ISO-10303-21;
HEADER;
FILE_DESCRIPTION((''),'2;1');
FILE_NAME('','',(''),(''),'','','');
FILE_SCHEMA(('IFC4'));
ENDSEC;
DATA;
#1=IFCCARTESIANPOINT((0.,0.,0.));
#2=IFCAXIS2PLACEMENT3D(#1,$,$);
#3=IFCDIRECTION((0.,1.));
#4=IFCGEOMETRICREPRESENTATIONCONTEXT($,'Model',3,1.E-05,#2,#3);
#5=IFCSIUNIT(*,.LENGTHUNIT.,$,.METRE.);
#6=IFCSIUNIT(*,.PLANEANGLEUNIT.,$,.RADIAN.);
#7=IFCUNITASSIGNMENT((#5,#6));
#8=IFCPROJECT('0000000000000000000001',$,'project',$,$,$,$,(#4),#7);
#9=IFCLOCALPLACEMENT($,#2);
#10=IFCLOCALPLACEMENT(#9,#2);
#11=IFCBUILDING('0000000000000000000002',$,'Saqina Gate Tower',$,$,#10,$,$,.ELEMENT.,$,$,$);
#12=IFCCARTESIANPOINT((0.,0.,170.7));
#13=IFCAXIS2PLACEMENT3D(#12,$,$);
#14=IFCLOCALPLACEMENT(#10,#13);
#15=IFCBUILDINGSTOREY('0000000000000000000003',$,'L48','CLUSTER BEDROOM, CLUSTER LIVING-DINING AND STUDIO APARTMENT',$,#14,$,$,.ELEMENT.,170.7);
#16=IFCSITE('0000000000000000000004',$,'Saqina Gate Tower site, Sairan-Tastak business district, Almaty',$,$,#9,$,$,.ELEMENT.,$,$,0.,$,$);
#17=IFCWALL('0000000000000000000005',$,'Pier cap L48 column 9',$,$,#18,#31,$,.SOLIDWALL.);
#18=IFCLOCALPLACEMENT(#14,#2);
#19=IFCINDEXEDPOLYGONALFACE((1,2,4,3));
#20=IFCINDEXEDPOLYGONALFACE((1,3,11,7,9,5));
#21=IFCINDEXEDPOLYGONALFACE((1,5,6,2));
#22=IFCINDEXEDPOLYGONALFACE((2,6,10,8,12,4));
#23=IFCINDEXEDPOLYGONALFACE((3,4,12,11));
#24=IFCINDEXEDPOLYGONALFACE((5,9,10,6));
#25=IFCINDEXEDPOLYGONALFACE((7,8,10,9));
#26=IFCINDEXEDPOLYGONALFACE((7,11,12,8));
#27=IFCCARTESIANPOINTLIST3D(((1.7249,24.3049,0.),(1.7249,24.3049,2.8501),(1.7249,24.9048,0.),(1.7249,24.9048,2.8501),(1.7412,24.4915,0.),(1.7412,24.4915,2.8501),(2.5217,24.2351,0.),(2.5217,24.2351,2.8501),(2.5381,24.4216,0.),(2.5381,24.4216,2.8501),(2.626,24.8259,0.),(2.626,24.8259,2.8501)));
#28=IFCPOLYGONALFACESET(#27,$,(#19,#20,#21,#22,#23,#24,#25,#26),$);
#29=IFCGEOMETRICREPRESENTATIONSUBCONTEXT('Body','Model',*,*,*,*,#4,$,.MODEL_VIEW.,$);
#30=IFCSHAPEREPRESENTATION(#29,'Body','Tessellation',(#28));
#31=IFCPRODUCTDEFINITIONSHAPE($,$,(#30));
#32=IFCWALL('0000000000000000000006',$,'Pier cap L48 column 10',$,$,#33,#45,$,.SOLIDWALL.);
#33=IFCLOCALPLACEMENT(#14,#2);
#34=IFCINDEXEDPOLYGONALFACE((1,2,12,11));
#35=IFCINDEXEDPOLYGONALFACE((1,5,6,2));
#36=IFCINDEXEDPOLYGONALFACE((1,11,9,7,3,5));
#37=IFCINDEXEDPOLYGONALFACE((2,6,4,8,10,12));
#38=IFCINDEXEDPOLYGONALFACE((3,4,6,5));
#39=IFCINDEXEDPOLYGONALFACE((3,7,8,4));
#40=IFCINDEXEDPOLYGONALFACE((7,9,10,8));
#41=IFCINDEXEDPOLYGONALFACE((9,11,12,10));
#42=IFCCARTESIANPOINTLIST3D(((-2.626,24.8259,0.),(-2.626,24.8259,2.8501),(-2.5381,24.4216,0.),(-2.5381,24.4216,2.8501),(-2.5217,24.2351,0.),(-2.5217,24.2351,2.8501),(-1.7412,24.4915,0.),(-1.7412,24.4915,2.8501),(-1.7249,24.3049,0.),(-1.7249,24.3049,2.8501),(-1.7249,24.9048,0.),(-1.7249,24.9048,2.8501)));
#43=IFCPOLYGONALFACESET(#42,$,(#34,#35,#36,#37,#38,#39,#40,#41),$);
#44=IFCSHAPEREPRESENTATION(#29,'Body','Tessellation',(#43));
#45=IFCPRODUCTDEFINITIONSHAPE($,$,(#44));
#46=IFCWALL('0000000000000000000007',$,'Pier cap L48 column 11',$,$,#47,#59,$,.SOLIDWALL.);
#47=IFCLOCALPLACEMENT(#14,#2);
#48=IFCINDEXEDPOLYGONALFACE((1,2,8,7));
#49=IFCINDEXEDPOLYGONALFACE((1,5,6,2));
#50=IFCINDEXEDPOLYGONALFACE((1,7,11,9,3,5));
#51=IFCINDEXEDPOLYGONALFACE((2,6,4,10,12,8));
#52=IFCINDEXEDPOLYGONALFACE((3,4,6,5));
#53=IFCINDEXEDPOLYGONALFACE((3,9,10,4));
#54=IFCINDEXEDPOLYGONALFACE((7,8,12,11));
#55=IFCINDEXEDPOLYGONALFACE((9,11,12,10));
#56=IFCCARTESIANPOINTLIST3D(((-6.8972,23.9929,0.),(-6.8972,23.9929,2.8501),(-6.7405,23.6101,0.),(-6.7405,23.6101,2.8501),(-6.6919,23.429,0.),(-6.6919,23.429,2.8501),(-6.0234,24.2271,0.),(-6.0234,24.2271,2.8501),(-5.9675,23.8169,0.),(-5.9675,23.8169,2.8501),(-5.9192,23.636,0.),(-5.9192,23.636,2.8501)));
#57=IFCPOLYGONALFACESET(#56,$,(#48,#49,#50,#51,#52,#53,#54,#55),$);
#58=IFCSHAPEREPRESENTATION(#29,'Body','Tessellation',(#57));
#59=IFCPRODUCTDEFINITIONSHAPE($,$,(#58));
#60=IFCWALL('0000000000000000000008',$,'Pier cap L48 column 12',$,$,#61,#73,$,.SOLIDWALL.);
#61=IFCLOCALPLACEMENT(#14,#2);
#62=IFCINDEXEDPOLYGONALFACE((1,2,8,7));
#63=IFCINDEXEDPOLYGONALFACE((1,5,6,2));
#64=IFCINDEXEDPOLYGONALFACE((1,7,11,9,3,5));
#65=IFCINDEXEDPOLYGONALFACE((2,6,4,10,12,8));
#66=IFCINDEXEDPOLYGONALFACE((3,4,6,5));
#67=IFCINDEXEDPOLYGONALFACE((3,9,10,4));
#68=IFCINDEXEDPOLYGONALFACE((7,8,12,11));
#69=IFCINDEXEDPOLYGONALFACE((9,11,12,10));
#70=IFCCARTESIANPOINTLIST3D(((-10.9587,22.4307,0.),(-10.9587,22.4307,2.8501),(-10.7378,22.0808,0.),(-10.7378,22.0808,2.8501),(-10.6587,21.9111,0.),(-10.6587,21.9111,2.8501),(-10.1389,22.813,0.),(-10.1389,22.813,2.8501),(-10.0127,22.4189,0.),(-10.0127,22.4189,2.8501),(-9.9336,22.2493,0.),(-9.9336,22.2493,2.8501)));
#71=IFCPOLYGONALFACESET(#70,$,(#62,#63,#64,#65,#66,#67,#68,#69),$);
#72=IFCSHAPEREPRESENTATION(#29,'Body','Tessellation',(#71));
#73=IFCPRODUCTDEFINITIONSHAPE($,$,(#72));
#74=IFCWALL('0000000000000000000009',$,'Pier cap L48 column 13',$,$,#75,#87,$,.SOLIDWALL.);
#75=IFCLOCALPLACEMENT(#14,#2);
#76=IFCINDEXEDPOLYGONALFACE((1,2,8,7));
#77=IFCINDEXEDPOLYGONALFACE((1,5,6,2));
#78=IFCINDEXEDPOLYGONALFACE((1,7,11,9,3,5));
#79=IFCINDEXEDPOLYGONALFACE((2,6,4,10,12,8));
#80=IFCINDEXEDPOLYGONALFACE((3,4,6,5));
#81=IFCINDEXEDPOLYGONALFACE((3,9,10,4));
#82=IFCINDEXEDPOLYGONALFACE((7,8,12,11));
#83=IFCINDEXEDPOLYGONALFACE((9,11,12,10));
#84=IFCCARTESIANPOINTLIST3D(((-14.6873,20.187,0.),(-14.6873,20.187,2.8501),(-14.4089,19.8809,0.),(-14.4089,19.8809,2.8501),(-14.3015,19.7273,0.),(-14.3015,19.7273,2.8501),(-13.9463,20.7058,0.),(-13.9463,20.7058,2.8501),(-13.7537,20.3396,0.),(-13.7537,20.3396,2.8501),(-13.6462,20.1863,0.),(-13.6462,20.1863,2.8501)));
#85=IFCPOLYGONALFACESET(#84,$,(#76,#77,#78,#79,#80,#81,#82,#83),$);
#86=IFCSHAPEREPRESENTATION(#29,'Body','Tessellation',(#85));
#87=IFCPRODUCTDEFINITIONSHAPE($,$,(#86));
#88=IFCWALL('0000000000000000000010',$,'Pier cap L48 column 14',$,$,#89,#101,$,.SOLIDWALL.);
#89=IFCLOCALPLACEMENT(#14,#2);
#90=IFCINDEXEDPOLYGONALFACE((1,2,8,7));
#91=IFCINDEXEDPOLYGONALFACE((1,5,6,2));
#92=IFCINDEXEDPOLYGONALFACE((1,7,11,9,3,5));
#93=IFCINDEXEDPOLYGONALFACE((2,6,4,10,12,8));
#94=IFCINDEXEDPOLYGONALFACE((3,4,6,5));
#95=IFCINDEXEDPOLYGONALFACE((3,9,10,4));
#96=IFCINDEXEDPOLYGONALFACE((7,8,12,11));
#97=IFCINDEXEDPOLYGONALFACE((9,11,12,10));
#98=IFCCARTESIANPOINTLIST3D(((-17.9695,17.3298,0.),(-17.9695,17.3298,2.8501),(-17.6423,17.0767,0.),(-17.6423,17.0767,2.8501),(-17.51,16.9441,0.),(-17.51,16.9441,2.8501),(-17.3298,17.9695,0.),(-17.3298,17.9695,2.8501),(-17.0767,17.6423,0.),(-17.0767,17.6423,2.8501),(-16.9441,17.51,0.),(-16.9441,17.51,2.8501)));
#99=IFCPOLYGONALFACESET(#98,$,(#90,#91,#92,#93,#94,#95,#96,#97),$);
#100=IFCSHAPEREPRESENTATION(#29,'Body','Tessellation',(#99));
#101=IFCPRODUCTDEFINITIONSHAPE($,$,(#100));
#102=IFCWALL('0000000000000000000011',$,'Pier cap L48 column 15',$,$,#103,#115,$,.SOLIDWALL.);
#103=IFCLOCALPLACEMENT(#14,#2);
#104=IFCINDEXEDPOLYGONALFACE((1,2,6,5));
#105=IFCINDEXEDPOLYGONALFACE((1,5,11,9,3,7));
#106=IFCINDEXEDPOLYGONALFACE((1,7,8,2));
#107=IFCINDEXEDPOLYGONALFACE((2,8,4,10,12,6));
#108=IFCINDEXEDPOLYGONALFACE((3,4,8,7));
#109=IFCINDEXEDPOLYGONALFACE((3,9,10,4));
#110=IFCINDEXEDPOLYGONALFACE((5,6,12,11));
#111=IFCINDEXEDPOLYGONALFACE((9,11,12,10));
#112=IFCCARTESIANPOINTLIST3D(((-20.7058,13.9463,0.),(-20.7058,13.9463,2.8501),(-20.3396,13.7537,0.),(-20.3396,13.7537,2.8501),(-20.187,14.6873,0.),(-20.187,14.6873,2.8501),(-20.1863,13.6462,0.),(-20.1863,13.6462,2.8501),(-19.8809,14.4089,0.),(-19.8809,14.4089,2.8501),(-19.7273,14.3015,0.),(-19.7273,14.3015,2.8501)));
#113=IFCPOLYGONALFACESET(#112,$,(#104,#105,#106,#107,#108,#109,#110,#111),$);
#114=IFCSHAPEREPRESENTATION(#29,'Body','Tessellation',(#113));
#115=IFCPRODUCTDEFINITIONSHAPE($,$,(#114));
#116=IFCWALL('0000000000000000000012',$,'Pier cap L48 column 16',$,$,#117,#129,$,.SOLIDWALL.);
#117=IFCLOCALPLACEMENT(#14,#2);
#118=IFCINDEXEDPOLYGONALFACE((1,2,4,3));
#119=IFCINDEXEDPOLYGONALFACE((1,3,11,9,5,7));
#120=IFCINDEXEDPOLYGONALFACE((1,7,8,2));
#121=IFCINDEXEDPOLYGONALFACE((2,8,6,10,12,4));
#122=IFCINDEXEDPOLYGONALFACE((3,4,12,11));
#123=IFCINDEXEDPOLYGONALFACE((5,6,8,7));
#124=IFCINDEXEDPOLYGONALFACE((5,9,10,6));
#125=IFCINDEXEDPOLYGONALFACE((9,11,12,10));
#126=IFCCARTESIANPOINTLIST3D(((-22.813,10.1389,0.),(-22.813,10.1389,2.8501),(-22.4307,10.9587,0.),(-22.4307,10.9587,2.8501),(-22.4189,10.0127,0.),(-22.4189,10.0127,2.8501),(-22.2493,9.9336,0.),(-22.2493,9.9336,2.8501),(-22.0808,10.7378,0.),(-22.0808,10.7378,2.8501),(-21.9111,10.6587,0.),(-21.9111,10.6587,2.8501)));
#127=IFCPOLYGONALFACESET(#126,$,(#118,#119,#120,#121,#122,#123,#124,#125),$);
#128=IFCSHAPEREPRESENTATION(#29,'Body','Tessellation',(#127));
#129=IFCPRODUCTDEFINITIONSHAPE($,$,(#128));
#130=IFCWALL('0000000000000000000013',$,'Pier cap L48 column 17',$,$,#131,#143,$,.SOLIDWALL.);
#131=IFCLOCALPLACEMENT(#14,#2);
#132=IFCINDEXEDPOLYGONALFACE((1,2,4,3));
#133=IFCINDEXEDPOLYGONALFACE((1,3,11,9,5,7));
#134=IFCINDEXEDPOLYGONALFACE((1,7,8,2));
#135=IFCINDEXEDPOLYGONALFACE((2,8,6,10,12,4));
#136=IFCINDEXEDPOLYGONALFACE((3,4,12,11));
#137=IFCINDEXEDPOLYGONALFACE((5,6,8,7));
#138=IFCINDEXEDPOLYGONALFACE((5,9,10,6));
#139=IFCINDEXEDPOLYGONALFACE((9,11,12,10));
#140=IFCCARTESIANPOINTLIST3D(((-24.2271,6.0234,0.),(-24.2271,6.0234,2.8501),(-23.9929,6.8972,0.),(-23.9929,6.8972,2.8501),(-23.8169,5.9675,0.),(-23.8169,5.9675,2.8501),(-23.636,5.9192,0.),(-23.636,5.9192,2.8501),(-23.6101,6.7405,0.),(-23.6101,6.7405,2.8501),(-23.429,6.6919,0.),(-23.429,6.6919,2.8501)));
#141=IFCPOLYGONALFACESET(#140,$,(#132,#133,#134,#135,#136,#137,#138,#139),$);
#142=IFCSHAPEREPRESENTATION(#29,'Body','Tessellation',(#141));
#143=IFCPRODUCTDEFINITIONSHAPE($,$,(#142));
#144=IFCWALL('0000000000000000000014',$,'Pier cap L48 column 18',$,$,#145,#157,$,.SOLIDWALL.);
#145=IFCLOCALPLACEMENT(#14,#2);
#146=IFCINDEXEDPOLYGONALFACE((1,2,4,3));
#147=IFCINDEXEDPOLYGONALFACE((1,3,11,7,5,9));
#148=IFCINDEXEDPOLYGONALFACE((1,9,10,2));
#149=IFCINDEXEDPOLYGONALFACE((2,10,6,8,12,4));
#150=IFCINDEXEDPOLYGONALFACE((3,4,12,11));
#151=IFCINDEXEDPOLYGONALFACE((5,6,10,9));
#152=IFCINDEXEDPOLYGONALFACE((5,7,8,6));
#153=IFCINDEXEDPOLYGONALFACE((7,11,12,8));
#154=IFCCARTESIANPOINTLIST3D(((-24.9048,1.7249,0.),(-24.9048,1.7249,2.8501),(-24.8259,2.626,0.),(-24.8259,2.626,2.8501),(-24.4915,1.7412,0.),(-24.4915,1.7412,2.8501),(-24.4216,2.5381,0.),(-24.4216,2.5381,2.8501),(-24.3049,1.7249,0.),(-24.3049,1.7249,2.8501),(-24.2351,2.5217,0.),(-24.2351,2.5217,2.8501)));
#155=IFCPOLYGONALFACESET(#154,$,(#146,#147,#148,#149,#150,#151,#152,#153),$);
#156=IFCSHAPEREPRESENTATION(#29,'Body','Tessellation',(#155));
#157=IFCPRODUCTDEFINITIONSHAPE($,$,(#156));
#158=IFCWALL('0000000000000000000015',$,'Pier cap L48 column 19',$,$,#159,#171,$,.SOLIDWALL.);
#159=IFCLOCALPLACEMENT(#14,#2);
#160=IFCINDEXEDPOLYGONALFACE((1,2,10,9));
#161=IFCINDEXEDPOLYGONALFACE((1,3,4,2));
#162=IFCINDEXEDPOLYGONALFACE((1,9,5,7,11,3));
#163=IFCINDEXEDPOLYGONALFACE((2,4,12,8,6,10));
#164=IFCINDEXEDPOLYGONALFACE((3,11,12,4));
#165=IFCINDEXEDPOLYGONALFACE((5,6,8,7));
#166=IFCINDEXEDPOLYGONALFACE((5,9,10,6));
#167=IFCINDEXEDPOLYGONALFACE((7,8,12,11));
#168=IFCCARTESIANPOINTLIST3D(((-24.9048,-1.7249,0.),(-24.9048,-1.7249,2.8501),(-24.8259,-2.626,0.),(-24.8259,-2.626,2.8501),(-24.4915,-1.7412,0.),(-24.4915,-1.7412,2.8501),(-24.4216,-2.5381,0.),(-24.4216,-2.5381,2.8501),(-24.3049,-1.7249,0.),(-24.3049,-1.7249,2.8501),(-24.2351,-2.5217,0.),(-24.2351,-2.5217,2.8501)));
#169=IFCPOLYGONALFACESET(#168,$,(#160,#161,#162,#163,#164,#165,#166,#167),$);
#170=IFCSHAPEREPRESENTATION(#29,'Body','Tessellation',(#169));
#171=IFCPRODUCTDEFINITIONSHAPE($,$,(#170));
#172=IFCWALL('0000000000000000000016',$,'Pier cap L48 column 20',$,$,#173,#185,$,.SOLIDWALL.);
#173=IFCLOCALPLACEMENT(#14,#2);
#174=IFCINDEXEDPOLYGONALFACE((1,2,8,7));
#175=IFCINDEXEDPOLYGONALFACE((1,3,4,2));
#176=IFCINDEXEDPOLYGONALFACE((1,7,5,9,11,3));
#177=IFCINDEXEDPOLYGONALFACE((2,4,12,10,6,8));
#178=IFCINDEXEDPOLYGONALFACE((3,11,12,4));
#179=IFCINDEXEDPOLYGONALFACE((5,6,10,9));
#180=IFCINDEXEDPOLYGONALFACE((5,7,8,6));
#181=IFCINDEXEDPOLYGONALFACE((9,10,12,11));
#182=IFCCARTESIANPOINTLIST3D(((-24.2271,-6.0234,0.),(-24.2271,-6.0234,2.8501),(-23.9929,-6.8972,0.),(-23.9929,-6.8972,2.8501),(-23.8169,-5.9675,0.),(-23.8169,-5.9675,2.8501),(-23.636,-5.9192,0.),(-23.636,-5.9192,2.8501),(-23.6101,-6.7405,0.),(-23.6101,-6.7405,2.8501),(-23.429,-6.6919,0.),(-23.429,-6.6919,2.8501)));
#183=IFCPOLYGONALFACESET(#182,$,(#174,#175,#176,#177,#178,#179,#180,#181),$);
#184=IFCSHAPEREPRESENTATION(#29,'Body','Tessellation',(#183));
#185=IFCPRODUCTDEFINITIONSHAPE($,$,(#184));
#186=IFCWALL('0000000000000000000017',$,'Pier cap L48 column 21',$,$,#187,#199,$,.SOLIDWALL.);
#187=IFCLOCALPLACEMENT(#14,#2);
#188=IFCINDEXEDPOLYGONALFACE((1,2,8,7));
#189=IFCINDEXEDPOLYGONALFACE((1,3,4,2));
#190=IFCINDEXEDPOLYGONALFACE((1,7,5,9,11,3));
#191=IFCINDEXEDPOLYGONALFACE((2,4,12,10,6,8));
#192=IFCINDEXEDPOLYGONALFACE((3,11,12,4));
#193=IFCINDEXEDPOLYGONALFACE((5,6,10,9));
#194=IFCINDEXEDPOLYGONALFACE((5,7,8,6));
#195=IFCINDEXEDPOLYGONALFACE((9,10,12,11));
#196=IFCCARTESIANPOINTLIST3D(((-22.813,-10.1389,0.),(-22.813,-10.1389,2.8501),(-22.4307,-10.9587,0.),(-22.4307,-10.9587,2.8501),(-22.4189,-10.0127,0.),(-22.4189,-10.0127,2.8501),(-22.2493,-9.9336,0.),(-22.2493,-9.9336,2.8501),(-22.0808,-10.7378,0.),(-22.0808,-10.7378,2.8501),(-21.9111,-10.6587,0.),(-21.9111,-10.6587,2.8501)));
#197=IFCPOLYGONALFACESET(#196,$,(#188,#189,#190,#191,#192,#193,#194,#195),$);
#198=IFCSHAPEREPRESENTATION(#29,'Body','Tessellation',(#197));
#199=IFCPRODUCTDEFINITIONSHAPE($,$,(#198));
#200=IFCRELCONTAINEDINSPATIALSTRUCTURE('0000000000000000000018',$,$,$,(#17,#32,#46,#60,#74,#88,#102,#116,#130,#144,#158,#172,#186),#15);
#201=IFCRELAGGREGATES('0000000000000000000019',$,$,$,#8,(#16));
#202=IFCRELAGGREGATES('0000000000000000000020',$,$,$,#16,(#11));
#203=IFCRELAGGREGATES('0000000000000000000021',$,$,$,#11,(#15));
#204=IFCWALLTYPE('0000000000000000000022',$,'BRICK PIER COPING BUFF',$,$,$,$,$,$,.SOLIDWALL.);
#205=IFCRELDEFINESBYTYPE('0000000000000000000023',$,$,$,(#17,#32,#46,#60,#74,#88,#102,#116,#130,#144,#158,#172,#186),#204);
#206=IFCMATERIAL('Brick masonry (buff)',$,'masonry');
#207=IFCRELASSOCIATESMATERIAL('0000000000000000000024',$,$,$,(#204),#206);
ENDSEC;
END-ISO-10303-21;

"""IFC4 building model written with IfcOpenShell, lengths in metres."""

from ifc_helpers import new_model, si_unit, direction, frame, origin, place, context, subcontext, project, spatial, polyline, outline, extrude, material, type_object, element, save


model = new_model("IFC4")

# Units and contexts
model_context = context("Model", 3, precision=1e-05, world=origin(), true_north=direction((0.0, 1.0)))
body_context = subcontext(model_context, "Body", "Model", "MODEL_VIEW")
ifc_project = project(units=[si_unit("LENGTHUNIT", "METRE"), si_unit("PLANEANGLEUNIT", "RADIAN")], contexts=[model_context])

# Site, building, storey
site_placement = place(None, origin())
site = spatial("IfcSite", under=ifc_project, at=site_placement, Name="Saqina Gate Tower site, Sairan-Tastak business district, Almaty", CompositionType="ELEMENT", RefElevation=0.0)
building_placement = place(site_placement, origin())
building = spatial("IfcBuilding", under=site, at=building_placement, Name="Saqina Gate Tower", CompositionType="ELEMENT")
storey_placement = place(building_placement, frame((0.0, 0.0, 170.7)))
storey = spatial("IfcBuildingStorey", under=building, at=storey_placement, Name="L48", Description="CLUSTER BEDROOM, CLUSTER LIVING-DINING AND STUDIO APARTMENT", CompositionType="ELEMENT", Elevation=170.7)

# Walls
ifc_material = material(Name="Brick masonry (buff)", Category="masonry")
wall_type = type_object("IfcWallType", Name="BRICK PIER COPING BUFF", PredefinedType="SOLIDWALL", material=ifc_material)
wall_1_placement = place(storey_placement, origin())
element("IfcWall", 1, at=wall_1_placement, inside=storey, type_object=wall_type, Name="Pier cap L48 column 9", PredefinedType="SOLIDWALL", context=body_context, shape_type="SweptSolid", body=[
    extrude(outline(polyline([(2.626, 24.8259), (1.7249, 24.9048), (1.7249, 24.3049), (1.7412, 24.4915), (2.5381, 24.4216), (2.5217, 24.2351), (2.626, 24.8259)])), origin(), (0.0, 0.0, 1.0), 2.8501),
])
wall_2_placement = place(storey_placement, origin())
element("IfcWall", 2, at=wall_2_placement, inside=storey, type_object=wall_type, Name="Pier cap L48 column 10", PredefinedType="SOLIDWALL", context=body_context, shape_type="SweptSolid", body=[
    extrude(outline(polyline([(-1.7249, 24.9048), (-2.626, 24.8259), (-2.5217, 24.2351), (-2.5381, 24.4216), (-1.7412, 24.4915), (-1.7249, 24.3049), (-1.7249, 24.9048)])), origin(), (0.0, 0.0, 1.0), 2.8501),
])
wall_3_placement = place(storey_placement, origin())
element("IfcWall", 3, at=wall_3_placement, inside=storey, type_object=wall_type, Name="Pier cap L48 column 11", PredefinedType="SOLIDWALL", context=body_context, shape_type="SweptSolid", body=[
    extrude(outline(polyline([(-6.0234, 24.2271), (-6.8972, 23.9929), (-6.6919, 23.429), (-6.7405, 23.6101), (-5.9675, 23.8169), (-5.9192, 23.636), (-6.0234, 24.2271)])), origin(), (0.0, 0.0, 1.0), 2.8501),
])
wall_4_placement = place(storey_placement, origin())
element("IfcWall", 4, at=wall_4_placement, inside=storey, type_object=wall_type, Name="Pier cap L48 column 12", PredefinedType="SOLIDWALL", context=body_context, shape_type="SweptSolid", body=[
    extrude(outline(polyline([(-10.9587, 22.4307), (-10.6587, 21.9111), (-10.7378, 22.0808), (-10.0127, 22.4189), (-9.9336, 22.2493), (-10.1389, 22.813), (-10.9587, 22.4307)])), origin(), (0.0, 0.0, 1.0), 2.8501),
])
wall_5_placement = place(storey_placement, origin())
element("IfcWall", 5, at=wall_5_placement, inside=storey, type_object=wall_type, Name="Pier cap L48 column 13", PredefinedType="SOLIDWALL", context=body_context, shape_type="SweptSolid", body=[
    extrude(outline(polyline([(-13.9463, 20.7058), (-14.6873, 20.187), (-14.3015, 19.7273), (-14.4089, 19.8809), (-13.7537, 20.3396), (-13.6462, 20.1863), (-13.9463, 20.7058)])), origin(), (0.0, 0.0, 1.0), 2.8501),
])
wall_6_placement = place(storey_placement, origin())
element("IfcWall", 6, at=wall_6_placement, inside=storey, type_object=wall_type, Name="Pier cap L48 column 14", PredefinedType="SOLIDWALL", context=body_context, shape_type="SweptSolid", body=[
    extrude(outline(polyline([(-17.9695, 17.3298), (-17.51, 16.9441), (-17.6423, 17.0767), (-17.0767, 17.6423), (-16.9441, 17.51), (-17.3298, 17.9695), (-17.9695, 17.3298)])), origin(), (0.0, 0.0, 1.0), 2.8501),
])
wall_7_placement = place(storey_placement, origin())
element("IfcWall", 7, at=wall_7_placement, inside=storey, type_object=wall_type, Name="Pier cap L48 column 15", PredefinedType="SOLIDWALL", context=body_context, shape_type="SweptSolid", body=[
    extrude(outline(polyline([(-20.187, 14.6873), (-20.7058, 13.9463), (-20.1863, 13.6462), (-20.3396, 13.7537), (-19.8809, 14.4089), (-19.7273, 14.3015), (-20.187, 14.6873)])), origin(), (0.0, 0.0, 1.0), 2.8501),
])
wall_8_placement = place(storey_placement, origin())
element("IfcWall", 8, at=wall_8_placement, inside=storey, type_object=wall_type, Name="Pier cap L48 column 16", PredefinedType="SOLIDWALL", context=body_context, shape_type="SweptSolid", body=[
    extrude(outline(polyline([(-22.813, 10.1389), (-22.2493, 9.9336), (-22.4189, 10.0127), (-22.0808, 10.7378), (-21.9111, 10.6587), (-22.4307, 10.9587), (-22.813, 10.1389)])), origin(), (0.0, 0.0, 1.0), 2.8501),
])
wall_9_placement = place(storey_placement, origin())
element("IfcWall", 9, at=wall_9_placement, inside=storey, type_object=wall_type, Name="Pier cap L48 column 17", PredefinedType="SOLIDWALL", context=body_context, shape_type="SweptSolid", body=[
    extrude(outline(polyline([(-24.2271, 6.0234), (-23.636, 5.9192), (-23.8169, 5.9675), (-23.6101, 6.7405), (-23.429, 6.6919), (-23.9929, 6.8972), (-24.2271, 6.0234)])), origin(), (0.0, 0.0, 1.0), 2.8501),
])
wall_10_placement = place(storey_placement, origin())
element("IfcWall", 10, at=wall_10_placement, inside=storey, type_object=wall_type, Name="Pier cap L48 column 18", PredefinedType="SOLIDWALL", context=body_context, shape_type="SweptSolid", body=[
    extrude(outline(polyline([(-24.8259, 2.626), (-24.9048, 1.7249), (-24.3049, 1.7249), (-24.4915, 1.7412), (-24.4216, 2.5381), (-24.2351, 2.5217), (-24.8259, 2.626)])), origin(), (0.0, 0.0, 1.0), 2.8501),
])
wall_11_placement = place(storey_placement, origin())
element("IfcWall", 11, at=wall_11_placement, inside=storey, type_object=wall_type, Name="Pier cap L48 column 19", PredefinedType="SOLIDWALL", context=body_context, shape_type="SweptSolid", body=[
    extrude(outline(polyline([(-24.9048, -1.7249), (-24.8259, -2.626), (-24.2351, -2.5217), (-24.4216, -2.5381), (-24.4915, -1.7412), (-24.3049, -1.7249), (-24.9048, -1.7249)])), origin(), (0.0, 0.0, 1.0), 2.8501),
])
wall_12_placement = place(storey_placement, origin())
element("IfcWall", 12, at=wall_12_placement, inside=storey, type_object=wall_type, Name="Pier cap L48 column 20", PredefinedType="SOLIDWALL", context=body_context, shape_type="SweptSolid", body=[
    extrude(outline(polyline([(-24.2271, -6.0234), (-23.9929, -6.8972), (-23.429, -6.6919), (-23.6101, -6.7405), (-23.8169, -5.9675), (-23.636, -5.9192), (-24.2271, -6.0234)])), origin(), (0.0, 0.0, 1.0), 2.8501),
])
wall_13_placement = place(storey_placement, origin())
element("IfcWall", 13, at=wall_13_placement, inside=storey, type_object=wall_type, Name="Pier cap L48 column 21", PredefinedType="SOLIDWALL", context=body_context, shape_type="SweptSolid", body=[
    extrude(outline(polyline([(-22.4307, -10.9587), (-21.9111, -10.6587), (-22.0808, -10.7378), (-22.4189, -10.0127), (-22.2493, -9.9336), (-22.813, -10.1389), (-22.4307, -10.9587)])), origin(), (0.0, 0.0, 1.0), 2.8501),
])

save(model, "model.ifc")
